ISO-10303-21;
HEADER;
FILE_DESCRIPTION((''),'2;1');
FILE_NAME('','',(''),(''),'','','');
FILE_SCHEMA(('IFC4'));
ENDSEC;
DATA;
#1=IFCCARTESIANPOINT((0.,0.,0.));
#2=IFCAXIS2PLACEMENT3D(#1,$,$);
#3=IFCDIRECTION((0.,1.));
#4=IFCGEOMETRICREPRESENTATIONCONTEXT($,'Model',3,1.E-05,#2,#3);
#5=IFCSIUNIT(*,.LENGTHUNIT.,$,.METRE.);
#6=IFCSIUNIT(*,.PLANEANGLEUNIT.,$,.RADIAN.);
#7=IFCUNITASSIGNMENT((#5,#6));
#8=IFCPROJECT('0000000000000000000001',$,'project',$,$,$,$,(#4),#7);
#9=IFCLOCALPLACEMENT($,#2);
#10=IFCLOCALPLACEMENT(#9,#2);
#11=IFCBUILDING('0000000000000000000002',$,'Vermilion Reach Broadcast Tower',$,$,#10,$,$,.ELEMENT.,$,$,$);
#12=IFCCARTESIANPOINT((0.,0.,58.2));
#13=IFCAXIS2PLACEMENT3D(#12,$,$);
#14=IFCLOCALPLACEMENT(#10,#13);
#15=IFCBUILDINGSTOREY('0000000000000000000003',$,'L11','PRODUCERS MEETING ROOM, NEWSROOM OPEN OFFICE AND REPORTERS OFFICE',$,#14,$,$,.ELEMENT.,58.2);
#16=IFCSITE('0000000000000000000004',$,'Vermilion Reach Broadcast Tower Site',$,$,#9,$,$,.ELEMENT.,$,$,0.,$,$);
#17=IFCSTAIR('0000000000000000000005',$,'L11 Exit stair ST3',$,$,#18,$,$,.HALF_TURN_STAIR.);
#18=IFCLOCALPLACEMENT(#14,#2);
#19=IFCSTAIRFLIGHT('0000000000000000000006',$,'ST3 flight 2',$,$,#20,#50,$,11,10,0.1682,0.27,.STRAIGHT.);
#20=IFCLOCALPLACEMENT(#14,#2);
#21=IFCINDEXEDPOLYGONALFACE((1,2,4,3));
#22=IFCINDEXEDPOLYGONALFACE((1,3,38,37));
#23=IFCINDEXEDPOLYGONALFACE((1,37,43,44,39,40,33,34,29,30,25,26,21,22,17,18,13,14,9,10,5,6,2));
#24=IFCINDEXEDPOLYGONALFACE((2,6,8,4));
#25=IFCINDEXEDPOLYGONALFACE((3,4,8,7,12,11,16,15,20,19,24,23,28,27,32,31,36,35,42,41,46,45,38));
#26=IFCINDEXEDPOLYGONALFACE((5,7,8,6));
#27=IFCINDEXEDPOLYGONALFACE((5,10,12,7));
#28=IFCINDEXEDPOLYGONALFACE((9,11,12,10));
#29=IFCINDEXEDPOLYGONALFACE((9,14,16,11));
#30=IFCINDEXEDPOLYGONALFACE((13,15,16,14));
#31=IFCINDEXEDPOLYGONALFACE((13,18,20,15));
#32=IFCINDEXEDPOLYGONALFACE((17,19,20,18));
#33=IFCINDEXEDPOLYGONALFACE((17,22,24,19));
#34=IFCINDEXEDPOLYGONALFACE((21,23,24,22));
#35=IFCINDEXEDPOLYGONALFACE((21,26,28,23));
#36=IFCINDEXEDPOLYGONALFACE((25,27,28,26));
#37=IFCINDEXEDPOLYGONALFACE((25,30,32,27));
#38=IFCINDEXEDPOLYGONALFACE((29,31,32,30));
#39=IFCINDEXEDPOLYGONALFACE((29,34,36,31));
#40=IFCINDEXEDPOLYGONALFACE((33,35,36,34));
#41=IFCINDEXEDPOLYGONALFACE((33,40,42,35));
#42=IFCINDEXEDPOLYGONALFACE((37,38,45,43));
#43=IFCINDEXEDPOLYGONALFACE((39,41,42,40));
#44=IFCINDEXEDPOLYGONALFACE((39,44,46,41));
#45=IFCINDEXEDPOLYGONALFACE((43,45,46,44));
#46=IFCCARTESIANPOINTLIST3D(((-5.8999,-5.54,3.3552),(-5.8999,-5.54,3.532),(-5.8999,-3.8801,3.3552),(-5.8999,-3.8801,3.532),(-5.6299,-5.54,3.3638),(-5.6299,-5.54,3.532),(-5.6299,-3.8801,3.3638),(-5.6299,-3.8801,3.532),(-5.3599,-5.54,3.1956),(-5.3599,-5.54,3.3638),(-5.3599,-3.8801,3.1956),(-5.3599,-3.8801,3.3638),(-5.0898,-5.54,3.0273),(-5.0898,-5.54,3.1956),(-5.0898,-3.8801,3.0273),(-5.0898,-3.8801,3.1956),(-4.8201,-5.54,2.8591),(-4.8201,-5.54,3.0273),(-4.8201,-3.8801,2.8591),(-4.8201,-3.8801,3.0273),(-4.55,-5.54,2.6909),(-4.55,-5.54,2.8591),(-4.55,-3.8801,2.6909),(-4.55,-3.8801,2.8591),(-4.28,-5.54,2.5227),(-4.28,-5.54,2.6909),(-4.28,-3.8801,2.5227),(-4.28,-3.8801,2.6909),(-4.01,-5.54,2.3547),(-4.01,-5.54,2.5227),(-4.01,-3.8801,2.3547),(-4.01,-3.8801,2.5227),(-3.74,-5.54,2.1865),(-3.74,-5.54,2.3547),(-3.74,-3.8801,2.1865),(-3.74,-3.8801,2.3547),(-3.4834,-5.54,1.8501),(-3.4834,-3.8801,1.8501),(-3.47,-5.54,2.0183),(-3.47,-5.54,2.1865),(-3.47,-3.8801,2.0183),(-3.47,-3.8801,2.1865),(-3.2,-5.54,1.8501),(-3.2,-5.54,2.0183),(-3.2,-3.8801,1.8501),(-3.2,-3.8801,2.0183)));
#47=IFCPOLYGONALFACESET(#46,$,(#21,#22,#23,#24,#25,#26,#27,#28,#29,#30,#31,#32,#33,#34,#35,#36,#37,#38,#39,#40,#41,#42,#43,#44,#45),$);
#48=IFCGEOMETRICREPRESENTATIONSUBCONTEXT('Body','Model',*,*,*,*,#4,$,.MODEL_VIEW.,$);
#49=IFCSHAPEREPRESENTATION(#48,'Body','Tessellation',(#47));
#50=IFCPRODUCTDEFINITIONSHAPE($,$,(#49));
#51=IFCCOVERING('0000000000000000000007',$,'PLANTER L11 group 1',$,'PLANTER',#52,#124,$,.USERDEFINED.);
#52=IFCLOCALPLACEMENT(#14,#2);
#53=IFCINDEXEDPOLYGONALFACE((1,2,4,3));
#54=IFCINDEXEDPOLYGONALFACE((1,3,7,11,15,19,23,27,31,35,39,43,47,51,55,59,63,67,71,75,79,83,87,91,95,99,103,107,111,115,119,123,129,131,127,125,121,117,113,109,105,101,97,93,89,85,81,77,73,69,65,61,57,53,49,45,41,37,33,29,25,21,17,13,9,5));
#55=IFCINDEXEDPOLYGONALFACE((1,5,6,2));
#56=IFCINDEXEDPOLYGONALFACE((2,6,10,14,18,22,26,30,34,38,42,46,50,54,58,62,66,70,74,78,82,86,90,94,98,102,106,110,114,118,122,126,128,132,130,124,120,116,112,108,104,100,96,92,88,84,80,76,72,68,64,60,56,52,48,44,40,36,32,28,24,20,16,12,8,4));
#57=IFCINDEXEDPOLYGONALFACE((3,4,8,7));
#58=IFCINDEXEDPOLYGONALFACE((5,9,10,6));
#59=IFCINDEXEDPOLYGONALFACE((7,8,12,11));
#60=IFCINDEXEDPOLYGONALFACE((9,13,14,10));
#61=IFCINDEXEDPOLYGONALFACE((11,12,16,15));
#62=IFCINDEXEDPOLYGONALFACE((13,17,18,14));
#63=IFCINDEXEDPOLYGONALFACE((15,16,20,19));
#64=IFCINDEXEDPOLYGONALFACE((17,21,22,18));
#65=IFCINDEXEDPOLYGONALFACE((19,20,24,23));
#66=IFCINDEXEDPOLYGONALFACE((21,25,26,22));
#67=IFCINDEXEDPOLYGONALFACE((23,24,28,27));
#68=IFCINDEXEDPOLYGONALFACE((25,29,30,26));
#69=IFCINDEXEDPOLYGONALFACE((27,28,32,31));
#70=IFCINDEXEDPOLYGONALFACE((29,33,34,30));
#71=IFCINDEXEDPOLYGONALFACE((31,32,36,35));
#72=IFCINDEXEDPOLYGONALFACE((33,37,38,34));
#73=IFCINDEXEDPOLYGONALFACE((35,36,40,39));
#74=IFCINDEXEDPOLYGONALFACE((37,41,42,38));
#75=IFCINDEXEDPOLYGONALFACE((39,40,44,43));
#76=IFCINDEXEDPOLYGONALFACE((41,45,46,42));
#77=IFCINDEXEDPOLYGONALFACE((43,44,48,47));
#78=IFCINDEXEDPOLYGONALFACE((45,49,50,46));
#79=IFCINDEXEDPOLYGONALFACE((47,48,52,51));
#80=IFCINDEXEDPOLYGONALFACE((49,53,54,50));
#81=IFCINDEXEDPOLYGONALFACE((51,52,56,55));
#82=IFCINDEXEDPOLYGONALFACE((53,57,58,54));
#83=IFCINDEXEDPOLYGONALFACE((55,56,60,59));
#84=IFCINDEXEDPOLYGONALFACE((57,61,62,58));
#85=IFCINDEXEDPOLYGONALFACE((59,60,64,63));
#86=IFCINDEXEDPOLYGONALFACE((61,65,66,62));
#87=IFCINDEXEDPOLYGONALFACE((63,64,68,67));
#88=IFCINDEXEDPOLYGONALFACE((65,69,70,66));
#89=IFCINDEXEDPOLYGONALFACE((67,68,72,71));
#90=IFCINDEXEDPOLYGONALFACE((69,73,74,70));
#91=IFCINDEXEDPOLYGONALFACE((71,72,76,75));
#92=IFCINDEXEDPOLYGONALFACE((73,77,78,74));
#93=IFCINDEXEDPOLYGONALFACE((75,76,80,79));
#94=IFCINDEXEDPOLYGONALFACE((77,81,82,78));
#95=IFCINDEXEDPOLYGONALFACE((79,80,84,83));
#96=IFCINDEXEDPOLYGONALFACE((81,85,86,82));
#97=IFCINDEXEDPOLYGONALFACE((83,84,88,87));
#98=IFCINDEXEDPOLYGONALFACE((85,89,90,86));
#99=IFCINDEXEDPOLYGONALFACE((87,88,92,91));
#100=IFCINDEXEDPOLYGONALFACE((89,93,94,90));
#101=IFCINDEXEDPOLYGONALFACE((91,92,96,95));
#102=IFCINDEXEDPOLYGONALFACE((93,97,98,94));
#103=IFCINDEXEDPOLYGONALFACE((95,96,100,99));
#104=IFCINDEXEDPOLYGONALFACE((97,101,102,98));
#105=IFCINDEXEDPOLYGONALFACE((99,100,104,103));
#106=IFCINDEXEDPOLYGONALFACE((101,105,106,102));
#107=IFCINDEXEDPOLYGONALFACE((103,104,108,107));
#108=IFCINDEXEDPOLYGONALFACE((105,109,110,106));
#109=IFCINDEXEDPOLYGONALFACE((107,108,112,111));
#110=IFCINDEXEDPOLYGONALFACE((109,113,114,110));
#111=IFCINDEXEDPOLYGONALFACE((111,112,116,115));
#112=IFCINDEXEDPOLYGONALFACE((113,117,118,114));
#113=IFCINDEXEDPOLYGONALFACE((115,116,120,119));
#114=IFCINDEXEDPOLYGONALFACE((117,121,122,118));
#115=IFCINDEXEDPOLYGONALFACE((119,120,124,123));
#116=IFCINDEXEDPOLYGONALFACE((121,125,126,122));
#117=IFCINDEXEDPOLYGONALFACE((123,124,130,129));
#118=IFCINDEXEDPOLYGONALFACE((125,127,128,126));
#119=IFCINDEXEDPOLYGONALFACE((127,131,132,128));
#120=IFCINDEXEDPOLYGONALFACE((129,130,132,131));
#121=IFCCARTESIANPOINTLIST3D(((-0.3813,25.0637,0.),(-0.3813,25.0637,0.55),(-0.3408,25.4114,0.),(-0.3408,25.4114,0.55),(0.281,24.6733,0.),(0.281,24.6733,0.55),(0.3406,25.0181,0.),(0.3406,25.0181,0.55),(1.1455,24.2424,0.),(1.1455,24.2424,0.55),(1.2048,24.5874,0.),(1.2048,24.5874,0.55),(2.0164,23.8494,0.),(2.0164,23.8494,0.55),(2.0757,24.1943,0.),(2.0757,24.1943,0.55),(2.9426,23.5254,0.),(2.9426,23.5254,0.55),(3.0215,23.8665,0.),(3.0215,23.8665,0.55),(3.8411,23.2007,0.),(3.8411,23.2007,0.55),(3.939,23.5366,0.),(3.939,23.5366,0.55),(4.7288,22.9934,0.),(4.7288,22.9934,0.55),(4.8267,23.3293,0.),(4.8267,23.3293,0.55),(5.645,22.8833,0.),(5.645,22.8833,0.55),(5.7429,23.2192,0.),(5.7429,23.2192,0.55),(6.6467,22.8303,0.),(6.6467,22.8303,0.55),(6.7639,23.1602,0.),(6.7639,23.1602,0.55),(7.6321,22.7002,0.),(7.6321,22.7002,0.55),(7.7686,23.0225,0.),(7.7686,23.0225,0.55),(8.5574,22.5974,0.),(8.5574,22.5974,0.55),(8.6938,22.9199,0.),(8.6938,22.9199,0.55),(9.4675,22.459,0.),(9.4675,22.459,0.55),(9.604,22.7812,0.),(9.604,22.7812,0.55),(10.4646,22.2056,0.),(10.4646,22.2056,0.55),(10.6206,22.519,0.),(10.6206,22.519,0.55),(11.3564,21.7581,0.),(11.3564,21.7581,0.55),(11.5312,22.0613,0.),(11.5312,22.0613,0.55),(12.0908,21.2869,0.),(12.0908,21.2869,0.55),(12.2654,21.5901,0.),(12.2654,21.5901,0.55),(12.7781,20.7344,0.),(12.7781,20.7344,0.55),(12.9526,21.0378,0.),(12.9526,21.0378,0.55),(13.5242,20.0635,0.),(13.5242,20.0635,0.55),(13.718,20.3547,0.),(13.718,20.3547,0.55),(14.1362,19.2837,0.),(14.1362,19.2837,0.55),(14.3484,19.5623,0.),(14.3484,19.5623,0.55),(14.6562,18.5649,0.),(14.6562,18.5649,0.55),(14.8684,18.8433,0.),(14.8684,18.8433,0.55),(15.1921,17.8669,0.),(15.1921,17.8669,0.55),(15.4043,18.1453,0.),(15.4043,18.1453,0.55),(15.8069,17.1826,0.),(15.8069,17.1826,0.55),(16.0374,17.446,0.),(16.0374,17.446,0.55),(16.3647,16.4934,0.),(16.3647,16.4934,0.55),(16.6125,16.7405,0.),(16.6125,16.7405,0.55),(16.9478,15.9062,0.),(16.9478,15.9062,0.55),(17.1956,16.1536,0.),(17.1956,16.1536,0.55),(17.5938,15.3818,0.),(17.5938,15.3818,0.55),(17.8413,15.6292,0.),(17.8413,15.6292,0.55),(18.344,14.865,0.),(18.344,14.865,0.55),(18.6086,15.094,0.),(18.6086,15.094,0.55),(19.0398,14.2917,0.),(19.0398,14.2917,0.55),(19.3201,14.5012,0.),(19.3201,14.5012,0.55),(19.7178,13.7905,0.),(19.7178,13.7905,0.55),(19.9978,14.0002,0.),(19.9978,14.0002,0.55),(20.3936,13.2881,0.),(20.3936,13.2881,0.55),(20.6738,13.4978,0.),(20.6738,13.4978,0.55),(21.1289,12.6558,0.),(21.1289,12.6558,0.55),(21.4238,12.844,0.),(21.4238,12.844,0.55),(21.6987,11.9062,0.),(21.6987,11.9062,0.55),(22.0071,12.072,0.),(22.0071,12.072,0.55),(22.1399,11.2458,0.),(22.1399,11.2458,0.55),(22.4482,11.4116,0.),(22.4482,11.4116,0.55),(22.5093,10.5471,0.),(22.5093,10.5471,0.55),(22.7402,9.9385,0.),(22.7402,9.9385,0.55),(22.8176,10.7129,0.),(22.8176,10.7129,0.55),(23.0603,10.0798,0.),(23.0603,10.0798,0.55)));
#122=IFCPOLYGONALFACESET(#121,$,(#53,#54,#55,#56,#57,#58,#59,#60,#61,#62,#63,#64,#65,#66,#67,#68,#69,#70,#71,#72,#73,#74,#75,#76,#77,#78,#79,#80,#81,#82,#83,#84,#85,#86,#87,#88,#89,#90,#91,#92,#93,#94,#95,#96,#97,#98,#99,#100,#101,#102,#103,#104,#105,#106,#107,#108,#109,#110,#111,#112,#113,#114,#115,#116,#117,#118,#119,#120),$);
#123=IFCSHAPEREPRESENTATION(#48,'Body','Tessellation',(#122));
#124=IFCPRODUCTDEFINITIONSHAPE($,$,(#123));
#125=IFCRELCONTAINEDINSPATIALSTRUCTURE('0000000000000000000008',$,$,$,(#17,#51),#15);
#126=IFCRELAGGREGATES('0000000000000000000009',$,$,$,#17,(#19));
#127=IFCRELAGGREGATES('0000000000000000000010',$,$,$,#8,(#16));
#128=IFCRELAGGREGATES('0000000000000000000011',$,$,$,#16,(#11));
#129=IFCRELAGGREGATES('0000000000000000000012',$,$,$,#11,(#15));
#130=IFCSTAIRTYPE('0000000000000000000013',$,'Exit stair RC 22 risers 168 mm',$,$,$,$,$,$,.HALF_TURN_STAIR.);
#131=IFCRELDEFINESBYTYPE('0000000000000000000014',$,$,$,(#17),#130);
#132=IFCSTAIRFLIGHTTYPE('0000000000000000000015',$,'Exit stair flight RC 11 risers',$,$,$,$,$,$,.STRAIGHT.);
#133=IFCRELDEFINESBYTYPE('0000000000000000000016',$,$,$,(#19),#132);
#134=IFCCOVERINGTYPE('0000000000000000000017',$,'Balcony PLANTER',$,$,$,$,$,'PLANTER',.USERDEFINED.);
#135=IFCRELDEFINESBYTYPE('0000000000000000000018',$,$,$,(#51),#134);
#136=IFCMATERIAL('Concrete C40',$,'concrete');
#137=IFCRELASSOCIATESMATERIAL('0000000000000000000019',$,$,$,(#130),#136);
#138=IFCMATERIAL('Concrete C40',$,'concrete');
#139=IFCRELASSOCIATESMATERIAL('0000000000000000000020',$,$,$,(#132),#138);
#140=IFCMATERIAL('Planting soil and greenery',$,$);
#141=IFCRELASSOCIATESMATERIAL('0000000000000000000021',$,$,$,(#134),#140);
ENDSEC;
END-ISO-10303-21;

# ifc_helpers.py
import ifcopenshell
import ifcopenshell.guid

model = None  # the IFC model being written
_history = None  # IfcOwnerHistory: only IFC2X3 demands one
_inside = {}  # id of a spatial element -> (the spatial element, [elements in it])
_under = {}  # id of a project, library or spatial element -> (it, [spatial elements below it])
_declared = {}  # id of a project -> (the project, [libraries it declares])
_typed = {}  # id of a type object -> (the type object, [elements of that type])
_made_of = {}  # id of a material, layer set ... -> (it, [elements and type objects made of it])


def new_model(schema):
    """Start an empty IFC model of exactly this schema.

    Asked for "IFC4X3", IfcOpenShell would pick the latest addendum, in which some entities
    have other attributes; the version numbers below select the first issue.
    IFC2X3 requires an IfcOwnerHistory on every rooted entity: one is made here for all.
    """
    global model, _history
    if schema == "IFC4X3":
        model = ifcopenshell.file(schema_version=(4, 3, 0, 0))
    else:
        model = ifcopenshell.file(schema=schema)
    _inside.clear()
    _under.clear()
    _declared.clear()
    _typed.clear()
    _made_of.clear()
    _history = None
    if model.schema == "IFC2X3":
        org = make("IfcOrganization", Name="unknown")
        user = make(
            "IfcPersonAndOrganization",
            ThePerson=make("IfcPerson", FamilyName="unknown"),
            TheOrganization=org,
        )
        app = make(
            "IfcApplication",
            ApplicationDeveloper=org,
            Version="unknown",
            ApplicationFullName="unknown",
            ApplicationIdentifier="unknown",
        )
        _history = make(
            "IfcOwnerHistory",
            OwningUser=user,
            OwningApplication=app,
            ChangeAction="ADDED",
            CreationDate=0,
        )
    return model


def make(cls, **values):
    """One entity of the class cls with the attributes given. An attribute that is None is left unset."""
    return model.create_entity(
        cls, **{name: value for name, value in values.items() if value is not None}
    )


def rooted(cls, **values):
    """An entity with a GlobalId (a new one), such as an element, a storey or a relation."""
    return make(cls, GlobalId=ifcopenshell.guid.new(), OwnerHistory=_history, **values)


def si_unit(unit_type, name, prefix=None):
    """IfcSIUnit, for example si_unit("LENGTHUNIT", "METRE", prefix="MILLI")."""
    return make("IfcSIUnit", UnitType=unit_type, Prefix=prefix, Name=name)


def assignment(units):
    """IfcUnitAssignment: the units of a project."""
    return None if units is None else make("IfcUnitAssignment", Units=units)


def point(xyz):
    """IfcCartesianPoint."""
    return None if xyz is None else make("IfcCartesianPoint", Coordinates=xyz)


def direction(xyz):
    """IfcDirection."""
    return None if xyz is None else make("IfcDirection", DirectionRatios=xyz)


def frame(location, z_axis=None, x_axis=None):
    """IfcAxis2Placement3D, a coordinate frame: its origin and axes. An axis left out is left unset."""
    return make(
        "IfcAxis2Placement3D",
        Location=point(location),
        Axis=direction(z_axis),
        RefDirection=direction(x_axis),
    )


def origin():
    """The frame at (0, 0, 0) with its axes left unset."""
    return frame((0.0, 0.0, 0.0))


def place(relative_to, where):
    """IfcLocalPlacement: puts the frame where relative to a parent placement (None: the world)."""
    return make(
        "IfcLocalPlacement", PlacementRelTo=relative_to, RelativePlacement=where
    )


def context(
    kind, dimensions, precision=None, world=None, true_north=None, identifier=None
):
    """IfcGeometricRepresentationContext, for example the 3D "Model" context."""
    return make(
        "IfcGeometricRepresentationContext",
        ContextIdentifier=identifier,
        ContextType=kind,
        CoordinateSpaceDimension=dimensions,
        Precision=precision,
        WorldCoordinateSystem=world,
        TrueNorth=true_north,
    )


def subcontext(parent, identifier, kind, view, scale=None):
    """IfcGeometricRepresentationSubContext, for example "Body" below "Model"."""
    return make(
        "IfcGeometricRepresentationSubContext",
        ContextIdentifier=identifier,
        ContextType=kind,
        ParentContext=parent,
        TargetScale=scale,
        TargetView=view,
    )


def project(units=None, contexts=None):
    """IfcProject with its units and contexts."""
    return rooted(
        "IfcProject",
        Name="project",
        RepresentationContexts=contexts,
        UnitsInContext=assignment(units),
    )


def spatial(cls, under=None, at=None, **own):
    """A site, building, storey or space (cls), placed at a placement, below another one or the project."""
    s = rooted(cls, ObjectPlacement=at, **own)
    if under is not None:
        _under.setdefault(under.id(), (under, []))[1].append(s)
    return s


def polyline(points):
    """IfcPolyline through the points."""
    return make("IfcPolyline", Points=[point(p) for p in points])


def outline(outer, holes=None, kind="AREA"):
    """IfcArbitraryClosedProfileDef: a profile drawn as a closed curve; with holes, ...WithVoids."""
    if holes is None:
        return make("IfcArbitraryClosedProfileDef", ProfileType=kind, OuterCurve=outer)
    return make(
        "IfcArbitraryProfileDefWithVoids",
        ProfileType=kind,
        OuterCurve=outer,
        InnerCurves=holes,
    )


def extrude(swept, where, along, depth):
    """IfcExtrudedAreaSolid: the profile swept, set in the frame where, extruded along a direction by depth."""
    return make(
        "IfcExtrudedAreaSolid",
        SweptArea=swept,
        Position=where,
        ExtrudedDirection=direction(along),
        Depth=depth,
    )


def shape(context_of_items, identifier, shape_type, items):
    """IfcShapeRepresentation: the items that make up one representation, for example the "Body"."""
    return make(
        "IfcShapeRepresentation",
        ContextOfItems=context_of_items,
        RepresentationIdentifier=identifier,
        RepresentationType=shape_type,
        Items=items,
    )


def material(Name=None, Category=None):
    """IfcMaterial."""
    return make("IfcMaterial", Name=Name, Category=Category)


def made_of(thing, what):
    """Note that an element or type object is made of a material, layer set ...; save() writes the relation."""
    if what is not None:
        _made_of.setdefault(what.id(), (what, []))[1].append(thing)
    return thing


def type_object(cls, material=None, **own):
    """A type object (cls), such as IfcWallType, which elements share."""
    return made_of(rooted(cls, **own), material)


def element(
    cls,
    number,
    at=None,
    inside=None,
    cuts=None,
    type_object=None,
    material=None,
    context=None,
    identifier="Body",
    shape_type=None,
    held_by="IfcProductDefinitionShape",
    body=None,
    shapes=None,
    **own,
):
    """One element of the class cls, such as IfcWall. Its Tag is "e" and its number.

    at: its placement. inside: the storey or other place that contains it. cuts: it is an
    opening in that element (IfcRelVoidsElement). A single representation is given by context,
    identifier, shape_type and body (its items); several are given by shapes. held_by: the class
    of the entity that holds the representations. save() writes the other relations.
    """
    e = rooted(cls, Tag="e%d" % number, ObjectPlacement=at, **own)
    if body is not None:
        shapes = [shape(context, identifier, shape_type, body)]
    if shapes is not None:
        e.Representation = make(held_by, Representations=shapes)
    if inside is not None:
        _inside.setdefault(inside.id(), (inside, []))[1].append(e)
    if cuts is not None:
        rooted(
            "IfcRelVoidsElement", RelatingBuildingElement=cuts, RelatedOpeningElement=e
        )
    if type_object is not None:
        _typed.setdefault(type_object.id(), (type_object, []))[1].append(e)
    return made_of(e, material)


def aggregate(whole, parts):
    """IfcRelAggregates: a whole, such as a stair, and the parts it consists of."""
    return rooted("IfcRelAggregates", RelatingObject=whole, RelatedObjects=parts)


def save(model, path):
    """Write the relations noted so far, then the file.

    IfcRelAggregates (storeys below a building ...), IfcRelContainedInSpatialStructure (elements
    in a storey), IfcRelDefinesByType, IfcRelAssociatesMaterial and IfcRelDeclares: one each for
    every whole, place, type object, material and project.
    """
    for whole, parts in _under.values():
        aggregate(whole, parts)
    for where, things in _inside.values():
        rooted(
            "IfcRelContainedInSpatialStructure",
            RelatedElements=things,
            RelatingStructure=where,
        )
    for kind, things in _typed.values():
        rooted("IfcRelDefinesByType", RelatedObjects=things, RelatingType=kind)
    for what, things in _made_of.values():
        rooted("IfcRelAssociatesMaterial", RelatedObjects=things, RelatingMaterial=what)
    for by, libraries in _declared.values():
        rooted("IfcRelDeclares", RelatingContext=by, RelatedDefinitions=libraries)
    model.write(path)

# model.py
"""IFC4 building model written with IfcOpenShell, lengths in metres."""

from ifc_helpers import new_model, si_unit, direction, frame, origin, place, context, subcontext, project, spatial, polyline, outline, extrude, material, type_object, element, aggregate, save


model = new_model("IFC4")

# Units and contexts
model_context = context("Model", 3, precision=1e-05, world=origin(), true_north=direction((0.0, 1.0)))
body_context = subcontext(model_context, "Body", "Model", "MODEL_VIEW")
ifc_project = project(units=[si_unit("LENGTHUNIT", "METRE"), si_unit("PLANEANGLEUNIT", "RADIAN")], contexts=[model_context])

# Site, building, storey
site_placement = place(None, origin())
site = spatial("IfcSite", under=ifc_project, at=site_placement, Name="Vermilion Reach Broadcast Tower Site", CompositionType="ELEMENT", RefElevation=0.0)
building_placement = place(site_placement, origin())
building = spatial("IfcBuilding", under=site, at=building_placement, Name="Vermilion Reach Broadcast Tower", CompositionType="ELEMENT")
storey_placement = place(building_placement, frame((0.0, 0.0, 58.2)))
storey = spatial("IfcBuildingStorey", under=building, at=storey_placement, Name="L11", Description="PRODUCERS MEETING ROOM, NEWSROOM OPEN OFFICE AND REPORTERS OFFICE", CompositionType="ELEMENT", Elevation=58.2)

# Stair, stair flight
ifc_material_1 = material(Name="Concrete C40", Category="concrete")
stair_type = type_object("IfcStairType", Name="Exit stair RC 22 risers 168 mm", PredefinedType="HALF_TURN_STAIR", material=ifc_material_1)
placement_1 = place(storey_placement, origin())
stair = element("IfcStair", 1, at=placement_1, inside=storey, type_object=stair_type, Name="L11 Exit stair ST3", PredefinedType="HALF_TURN_STAIR")
ifc_material_2 = material(Name="Concrete C40", Category="concrete")
stair_flight_type = type_object("IfcStairFlightType", Name="Exit stair flight RC 11 risers", PredefinedType="STRAIGHT", material=ifc_material_2)
stair_flight_placement = place(storey_placement, frame((-3.2, -4.71, 1.8501), z_axis=(0.0, 0.0, 1.0), x_axis=(-1.0, 0.0, 0.0)))
stair_flight = element("IfcStairFlight", 2, at=stair_flight_placement, type_object=stair_flight_type, Name="ST3 flight 2", NumberOfRisers=11, NumberOfTreads=10, PredefinedType="STRAIGHT", RiserHeight=0.1682, TreadLength=0.27, context=body_context, shape_type="SweptSolid", body=[
    extrude(outline(polyline([(0.0, 0.0), (0.0, 0.1682), (0.27, 0.1682), (0.27, 0.3364), (0.54, 0.3364), (0.54, 0.5046), (0.8101, 0.5046), (0.8101, 0.6726), (1.0801, 0.6726), (1.0801, 0.8408), (1.3501, 0.8408), (1.3501, 1.009), (1.6201, 1.009), (1.6201, 1.1772), (1.8899, 1.1772), (1.8899, 1.3455), (2.1599, 1.3455), (2.1599, 1.5137), (2.4299, 1.5137), (2.4299, 1.6819), (2.7, 1.6819), (2.7, 1.8501), (2.7, 1.5051), (0.2834, 0.0), (0.0, 0.0)])), frame((0.0, 0.8301, 0.0), z_axis=(0.0, -1.0, 0.0), x_axis=(1.0, 0.0, 0.0)), (0.0, 0.0, 1.0), 1.6599),
])
aggregate(stair, [stair_flight])

# Covering
ifc_material_3 = material(Name="Planting soil and greenery")
covering_type = type_object("IfcCoveringType", Name="Balcony PLANTER", ElementType="PLANTER", PredefinedType="USERDEFINED", material=ifc_material_3)
element("IfcCovering", 3, at=placement_1, inside=storey, type_object=covering_type, Name="PLANTER L11 group 1", ObjectType="PLANTER", PredefinedType="USERDEFINED", context=body_context, shape_type="SweptSolid", body=[
    extrude(outline(polyline([(23.0603, 10.0798), (22.8176, 10.7129), (22.4482, 11.4116), (22.0071, 12.072), (21.4238, 12.844), (20.6738, 13.4978), (19.9978, 14.0002), (19.3201, 14.5012), (18.6086, 15.094), (17.8413, 15.6292), (17.1956, 16.1536), (16.6125, 16.7405), (16.0374, 17.446), (15.4043, 18.1453), (14.8684, 18.8433), (14.3484, 19.5623), (13.718, 20.3547), (12.9526, 21.0378), (12.2654, 21.5901), (11.5312, 22.0613), (10.6206, 22.519), (9.604, 22.7812), (8.6938, 22.9199), (7.7686, 23.0225), (6.7639, 23.1602), (5.7429, 23.2192), (4.8267, 23.3293), (3.939, 23.5366), (3.0215, 23.8665), (2.0757, 24.1943), (1.2048, 24.5874), (0.3406, 25.0181), (-0.3408, 25.4114), (-0.3813, 25.0637), (0.281, 24.6733), (1.1455, 24.2424), (2.0164, 23.8494), (2.9426, 23.5254), (3.8411, 23.2007), (4.7288, 22.9934), (5.645, 22.8833), (6.6467, 22.8303), (7.6321, 22.7002), (8.5574, 22.5974), (9.4675, 22.459), (10.4646, 22.2056), (11.3564, 21.7581), (12.0908, 21.2869), (12.7781, 20.7344), (13.5242, 20.0635), (14.1362, 19.2837), (14.6562, 18.5649), (15.1921, 17.8669), (15.8069, 17.1826), (16.3647, 16.4934), (16.9478, 15.9062), (17.5938, 15.3818), (18.344, 14.865), (19.0398, 14.2917), (19.7178, 13.7905), (20.3936, 13.2881), (21.1289, 12.6558), (21.6987, 11.9062), (22.1399, 11.2458), (22.5093, 10.5471), (22.7402, 9.9385), (23.0603, 10.0798)])), origin(), (0.0, 0.0, 1.0), 0.55),
])

save(model, "model.ifc")
